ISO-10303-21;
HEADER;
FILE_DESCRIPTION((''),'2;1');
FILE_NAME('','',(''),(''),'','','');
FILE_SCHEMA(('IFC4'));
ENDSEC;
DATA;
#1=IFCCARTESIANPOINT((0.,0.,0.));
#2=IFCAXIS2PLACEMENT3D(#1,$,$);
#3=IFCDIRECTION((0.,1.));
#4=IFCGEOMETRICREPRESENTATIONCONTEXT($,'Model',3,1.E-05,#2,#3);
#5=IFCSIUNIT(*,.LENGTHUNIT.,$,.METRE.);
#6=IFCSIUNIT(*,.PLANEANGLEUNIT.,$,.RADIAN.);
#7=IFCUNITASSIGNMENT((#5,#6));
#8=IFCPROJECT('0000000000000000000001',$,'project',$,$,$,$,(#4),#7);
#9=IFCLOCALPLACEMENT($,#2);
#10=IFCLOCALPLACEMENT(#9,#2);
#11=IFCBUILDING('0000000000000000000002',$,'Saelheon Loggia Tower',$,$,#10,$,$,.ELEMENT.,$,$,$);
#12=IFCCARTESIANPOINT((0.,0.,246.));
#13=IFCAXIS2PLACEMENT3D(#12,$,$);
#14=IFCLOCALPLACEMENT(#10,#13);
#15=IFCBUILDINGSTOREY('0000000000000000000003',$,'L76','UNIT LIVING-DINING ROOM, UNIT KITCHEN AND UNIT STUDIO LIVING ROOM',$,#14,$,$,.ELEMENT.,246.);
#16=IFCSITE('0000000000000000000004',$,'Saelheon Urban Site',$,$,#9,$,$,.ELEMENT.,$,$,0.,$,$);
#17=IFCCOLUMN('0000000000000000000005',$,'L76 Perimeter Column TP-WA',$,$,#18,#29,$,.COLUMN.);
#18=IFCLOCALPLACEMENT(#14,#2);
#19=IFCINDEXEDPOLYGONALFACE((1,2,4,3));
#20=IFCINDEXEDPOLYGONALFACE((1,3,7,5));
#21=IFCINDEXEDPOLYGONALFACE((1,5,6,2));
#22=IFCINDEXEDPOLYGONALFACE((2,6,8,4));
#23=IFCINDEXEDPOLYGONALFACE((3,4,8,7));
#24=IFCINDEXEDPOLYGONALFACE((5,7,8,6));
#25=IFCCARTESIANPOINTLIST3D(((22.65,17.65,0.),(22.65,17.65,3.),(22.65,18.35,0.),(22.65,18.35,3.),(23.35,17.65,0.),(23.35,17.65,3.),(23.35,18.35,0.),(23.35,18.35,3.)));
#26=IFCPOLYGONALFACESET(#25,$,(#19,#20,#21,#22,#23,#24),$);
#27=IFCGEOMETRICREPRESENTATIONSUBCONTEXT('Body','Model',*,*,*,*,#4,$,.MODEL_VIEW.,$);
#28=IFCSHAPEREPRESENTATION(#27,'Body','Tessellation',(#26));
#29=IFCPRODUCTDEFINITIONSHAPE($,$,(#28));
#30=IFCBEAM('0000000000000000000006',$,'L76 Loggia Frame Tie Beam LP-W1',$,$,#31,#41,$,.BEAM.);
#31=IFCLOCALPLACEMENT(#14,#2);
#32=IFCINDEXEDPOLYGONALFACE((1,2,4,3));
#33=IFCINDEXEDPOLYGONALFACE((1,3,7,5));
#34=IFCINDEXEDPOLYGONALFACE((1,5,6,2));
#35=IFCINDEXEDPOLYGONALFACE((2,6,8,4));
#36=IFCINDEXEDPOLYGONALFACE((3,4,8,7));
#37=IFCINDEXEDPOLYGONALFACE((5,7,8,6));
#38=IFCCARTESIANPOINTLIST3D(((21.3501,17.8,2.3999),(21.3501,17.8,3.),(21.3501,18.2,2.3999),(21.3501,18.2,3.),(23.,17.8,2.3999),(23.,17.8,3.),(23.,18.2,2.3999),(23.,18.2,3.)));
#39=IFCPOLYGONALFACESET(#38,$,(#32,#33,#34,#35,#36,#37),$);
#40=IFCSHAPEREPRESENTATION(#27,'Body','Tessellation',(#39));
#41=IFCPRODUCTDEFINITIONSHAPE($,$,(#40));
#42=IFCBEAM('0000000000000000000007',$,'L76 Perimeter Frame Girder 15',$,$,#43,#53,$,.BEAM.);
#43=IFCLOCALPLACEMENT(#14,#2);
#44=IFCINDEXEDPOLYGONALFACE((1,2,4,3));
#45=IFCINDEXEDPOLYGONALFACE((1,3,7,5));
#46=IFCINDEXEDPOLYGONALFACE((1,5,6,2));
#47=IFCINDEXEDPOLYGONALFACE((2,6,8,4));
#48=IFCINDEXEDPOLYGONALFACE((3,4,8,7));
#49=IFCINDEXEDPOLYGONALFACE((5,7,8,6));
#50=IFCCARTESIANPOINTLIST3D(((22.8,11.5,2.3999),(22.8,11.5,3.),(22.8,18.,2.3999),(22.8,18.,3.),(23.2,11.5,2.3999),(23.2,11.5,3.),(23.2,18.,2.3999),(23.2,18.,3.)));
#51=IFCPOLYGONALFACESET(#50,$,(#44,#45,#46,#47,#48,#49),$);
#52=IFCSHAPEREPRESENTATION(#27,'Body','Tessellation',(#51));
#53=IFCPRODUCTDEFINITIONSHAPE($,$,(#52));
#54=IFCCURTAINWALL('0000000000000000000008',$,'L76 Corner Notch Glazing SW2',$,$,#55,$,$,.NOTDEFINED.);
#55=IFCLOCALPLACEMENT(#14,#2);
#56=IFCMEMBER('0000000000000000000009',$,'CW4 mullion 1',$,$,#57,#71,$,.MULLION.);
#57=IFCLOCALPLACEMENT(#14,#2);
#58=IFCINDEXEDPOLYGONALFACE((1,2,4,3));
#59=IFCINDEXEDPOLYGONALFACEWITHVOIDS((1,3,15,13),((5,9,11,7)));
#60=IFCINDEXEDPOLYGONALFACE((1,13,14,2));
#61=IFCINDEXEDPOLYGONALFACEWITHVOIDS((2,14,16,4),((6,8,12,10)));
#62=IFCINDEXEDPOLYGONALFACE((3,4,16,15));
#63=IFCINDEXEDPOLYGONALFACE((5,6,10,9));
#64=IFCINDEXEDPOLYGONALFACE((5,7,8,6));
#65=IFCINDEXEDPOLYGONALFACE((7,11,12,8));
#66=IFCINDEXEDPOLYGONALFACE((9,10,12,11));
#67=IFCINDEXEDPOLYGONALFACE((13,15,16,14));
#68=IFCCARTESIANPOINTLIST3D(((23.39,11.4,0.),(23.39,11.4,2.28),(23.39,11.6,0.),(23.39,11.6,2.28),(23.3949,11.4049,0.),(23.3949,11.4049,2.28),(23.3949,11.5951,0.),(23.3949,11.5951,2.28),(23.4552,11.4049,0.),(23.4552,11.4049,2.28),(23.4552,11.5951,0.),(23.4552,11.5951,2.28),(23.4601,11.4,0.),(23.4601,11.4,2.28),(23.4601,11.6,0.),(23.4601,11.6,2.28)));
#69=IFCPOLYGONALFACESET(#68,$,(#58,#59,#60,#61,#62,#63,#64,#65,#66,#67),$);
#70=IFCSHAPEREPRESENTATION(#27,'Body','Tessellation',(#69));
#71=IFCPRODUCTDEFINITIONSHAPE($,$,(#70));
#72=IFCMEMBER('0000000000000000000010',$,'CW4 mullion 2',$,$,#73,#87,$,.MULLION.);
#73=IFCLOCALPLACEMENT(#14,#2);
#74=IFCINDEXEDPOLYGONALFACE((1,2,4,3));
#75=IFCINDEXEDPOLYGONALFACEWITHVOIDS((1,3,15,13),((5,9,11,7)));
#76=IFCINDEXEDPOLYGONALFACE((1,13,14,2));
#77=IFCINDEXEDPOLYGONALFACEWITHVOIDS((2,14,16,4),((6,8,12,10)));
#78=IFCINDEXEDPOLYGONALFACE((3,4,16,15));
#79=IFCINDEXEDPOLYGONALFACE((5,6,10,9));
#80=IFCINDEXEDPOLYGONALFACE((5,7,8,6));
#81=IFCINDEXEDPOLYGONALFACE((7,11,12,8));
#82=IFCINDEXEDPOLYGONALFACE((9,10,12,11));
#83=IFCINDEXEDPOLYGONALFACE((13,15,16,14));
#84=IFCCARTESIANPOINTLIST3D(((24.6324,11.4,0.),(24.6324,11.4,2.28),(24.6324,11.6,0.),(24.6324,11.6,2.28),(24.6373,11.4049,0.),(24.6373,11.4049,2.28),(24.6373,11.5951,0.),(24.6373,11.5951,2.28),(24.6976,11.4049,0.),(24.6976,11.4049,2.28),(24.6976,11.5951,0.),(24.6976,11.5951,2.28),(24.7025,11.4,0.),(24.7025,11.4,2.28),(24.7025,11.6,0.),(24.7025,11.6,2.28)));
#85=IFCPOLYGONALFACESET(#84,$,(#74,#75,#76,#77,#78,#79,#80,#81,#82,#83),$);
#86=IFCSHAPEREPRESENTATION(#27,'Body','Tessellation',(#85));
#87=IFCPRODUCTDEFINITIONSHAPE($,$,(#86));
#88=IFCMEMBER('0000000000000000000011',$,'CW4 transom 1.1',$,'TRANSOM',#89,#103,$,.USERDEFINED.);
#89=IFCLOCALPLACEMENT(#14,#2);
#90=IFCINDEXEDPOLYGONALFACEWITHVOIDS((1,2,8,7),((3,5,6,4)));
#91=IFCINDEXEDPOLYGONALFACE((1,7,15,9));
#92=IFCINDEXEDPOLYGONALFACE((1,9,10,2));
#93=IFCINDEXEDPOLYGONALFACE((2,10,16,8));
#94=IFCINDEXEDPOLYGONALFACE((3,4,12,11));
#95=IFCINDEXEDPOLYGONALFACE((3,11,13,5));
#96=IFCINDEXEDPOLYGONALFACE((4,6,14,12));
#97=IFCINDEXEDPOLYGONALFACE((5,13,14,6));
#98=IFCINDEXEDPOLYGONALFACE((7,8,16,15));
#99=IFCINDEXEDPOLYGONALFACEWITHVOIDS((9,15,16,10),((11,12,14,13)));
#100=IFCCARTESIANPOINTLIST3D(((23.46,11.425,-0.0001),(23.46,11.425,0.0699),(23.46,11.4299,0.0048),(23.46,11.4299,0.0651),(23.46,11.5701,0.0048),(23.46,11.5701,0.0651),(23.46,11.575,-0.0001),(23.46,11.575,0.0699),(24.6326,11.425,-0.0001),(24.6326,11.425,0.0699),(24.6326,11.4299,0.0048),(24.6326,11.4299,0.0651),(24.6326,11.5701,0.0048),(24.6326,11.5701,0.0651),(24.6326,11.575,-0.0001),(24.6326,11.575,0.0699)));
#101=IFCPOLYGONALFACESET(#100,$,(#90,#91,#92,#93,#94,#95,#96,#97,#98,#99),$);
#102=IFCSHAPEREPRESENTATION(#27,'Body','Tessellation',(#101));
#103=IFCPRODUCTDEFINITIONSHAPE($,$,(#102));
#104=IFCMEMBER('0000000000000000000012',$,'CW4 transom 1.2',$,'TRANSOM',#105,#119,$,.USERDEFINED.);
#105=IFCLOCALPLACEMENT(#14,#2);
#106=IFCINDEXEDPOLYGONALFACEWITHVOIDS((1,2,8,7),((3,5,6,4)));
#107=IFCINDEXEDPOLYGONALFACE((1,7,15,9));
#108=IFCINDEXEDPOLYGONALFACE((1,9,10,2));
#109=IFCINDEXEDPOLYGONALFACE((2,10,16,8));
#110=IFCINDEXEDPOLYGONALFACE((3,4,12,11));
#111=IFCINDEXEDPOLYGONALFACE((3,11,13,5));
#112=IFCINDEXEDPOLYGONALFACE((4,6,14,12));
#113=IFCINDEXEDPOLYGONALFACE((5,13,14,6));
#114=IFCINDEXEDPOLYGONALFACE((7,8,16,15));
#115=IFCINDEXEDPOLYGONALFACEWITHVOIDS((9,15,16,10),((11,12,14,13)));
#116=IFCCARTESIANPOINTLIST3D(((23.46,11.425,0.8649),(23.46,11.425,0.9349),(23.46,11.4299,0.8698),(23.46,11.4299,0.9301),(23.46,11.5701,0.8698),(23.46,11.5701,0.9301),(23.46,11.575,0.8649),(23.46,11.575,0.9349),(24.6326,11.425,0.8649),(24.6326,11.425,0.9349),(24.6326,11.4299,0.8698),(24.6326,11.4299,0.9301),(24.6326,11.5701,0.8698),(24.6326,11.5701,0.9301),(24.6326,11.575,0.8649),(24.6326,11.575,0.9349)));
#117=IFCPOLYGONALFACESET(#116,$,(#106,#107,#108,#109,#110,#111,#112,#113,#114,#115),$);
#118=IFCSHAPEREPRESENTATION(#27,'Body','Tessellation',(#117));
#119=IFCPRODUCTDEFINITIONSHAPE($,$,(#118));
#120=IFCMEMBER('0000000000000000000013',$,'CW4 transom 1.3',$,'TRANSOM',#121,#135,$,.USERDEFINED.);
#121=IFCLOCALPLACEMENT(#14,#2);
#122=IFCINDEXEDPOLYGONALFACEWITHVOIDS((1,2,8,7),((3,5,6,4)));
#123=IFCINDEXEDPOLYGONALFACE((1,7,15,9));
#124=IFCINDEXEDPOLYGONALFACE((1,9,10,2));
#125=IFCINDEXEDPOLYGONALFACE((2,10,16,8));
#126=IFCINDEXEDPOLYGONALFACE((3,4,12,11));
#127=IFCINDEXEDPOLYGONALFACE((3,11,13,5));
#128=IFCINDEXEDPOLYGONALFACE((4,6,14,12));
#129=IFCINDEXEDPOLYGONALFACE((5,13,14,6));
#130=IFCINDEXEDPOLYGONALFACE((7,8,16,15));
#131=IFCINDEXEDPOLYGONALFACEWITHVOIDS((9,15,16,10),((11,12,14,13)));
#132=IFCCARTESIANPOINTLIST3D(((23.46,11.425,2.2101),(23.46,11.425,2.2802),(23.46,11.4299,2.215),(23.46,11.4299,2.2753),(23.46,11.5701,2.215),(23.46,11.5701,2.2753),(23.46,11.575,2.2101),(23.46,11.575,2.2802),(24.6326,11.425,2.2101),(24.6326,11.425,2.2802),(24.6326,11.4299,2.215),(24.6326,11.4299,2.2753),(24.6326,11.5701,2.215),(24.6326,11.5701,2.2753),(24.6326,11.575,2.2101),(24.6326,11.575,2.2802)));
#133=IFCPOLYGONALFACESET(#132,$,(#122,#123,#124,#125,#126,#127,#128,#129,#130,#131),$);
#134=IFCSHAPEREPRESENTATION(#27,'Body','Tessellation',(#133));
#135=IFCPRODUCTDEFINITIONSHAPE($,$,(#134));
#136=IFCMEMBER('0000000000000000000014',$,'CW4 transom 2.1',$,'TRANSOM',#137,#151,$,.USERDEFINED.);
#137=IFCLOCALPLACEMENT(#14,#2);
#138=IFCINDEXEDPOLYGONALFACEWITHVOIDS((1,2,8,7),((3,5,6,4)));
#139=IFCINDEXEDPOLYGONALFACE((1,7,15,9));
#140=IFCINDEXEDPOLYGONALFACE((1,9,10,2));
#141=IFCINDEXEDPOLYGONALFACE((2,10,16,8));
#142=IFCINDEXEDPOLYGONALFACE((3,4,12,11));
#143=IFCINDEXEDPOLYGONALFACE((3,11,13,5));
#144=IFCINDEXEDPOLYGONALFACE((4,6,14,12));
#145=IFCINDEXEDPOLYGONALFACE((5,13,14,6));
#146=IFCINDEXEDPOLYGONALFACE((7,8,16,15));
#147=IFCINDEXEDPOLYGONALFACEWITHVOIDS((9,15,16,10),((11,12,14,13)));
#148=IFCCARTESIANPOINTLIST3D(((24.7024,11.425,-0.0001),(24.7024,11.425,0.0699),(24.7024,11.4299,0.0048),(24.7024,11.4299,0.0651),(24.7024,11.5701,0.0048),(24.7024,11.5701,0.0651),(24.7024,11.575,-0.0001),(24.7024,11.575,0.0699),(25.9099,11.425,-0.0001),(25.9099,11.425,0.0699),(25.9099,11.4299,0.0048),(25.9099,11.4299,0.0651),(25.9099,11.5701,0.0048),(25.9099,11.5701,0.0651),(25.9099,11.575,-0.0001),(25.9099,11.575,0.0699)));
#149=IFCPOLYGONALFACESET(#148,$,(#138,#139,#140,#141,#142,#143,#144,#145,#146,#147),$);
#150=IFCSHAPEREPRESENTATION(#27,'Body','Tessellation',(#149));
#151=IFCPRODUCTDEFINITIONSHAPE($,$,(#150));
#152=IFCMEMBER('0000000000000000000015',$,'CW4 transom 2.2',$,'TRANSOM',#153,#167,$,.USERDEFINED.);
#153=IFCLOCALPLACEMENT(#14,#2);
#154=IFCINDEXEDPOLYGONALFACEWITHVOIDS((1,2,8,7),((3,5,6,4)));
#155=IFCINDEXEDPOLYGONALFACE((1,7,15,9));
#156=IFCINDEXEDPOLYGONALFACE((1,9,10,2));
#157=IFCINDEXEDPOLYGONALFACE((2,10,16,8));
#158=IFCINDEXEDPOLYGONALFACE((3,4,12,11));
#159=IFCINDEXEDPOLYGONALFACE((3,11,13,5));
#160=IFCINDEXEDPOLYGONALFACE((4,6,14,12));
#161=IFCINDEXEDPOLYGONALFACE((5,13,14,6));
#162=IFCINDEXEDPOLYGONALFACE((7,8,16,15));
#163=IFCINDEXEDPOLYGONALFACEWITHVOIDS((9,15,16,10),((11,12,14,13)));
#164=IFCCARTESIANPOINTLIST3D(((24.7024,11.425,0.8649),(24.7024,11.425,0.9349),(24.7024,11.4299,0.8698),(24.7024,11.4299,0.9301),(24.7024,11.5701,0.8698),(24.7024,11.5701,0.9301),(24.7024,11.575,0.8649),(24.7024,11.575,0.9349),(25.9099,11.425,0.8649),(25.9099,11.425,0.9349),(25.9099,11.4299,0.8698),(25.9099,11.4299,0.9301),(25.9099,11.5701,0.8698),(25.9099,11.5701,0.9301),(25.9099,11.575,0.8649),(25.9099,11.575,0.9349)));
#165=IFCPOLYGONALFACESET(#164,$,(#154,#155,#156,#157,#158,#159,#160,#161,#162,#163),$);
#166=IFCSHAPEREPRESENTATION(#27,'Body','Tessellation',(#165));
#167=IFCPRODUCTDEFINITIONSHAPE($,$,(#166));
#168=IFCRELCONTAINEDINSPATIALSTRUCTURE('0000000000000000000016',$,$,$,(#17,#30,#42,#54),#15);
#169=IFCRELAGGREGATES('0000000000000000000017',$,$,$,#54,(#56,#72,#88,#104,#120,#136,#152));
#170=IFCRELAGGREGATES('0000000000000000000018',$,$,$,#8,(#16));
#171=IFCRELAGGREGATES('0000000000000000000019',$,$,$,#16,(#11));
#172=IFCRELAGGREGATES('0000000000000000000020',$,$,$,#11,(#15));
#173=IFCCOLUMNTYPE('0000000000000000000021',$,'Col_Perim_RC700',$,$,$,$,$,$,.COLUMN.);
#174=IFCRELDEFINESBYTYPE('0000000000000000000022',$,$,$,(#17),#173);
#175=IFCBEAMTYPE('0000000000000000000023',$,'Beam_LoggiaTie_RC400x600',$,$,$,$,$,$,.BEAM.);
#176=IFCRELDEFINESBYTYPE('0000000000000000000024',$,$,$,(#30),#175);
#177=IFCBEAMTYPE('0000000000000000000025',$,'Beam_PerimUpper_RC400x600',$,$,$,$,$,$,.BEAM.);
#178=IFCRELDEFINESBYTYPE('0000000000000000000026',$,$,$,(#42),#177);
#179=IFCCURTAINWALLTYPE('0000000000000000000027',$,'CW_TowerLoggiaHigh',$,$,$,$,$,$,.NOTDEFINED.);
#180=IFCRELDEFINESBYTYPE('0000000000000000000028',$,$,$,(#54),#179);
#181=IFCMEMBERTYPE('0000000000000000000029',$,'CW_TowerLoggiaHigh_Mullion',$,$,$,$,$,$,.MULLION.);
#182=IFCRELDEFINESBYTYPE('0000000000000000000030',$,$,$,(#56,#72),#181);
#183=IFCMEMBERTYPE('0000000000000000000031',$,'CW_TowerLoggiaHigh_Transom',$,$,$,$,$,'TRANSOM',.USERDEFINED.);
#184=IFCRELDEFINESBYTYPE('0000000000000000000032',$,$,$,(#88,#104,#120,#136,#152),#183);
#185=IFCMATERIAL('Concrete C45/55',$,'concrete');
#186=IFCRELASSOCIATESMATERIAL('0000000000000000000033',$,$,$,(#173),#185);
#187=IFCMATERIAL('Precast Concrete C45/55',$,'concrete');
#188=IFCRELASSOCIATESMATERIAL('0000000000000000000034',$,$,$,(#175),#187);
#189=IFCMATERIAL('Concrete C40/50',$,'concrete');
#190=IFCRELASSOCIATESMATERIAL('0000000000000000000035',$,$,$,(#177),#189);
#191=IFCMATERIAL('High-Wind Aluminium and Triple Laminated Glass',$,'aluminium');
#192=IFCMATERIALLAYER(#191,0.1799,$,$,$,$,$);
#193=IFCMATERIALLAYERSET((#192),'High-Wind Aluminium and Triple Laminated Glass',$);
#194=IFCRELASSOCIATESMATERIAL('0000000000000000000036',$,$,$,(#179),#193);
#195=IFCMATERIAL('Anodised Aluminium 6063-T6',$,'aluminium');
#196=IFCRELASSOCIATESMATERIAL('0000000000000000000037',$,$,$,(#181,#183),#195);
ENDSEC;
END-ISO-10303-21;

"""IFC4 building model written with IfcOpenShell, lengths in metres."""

from ifc_helpers import new_model, si_unit, direction, frame, origin, origin_2d, place, context, subcontext, project, spatial, rectangle, hollow_rectangle, extrude, source, transform, mapped, material, layer, layer_set, material_profile, profile_set, type_object, element, aggregate, save


model = new_model("IFC4")

# Units and contexts
model_context = context("Model", 3, precision=1e-05, world=origin(), true_north=direction((0.0, 1.0)))
body_context = subcontext(model_context, "Body", "Model", "MODEL_VIEW")
ifc_project = project(units=[si_unit("LENGTHUNIT", "METRE"), si_unit("PLANEANGLEUNIT", "RADIAN")], contexts=[model_context])

# Site, building, storey
site_placement = place(None, origin())
site = spatial("IfcSite", under=ifc_project, at=site_placement, Name="Saelheon Urban Site", CompositionType="ELEMENT", RefElevation=0.0)
building_placement = place(site_placement, origin())
building = spatial("IfcBuilding", under=site, at=building_placement, Name="Saelheon Loggia Tower", CompositionType="ELEMENT")
storey_placement = place(building_placement, frame((0.0, 0.0, 246.0)))
storey = spatial("IfcBuildingStorey", under=building, at=storey_placement, Name="L76", Description="UNIT LIVING-DINING ROOM, UNIT KITCHEN AND UNIT STUDIO LIVING ROOM", CompositionType="ELEMENT", Elevation=246.0)

# Column
ifc_material_1 = material(Name="Concrete C45/55", Category="concrete")
ifc_material_profile_1 = material_profile(ifc_material_1, rectangle(XDim=0.7, YDim=0.7, at=origin_2d()), Name="RC-700x700")
ifc_profile_set_1 = profile_set([ifc_material_profile_1], Name="Concrete C45/55")
column_type = type_object("IfcColumnType", Name="Col_Perim_RC700", PredefinedType="COLUMN", material=ifc_profile_set_1)
shared_shape_1 = source(origin(), body_context, "Body", "SweptSolid", [
    extrude(rectangle(XDim=0.7, YDim=0.7, at=origin_2d()), origin(), (0.0, 0.0, 1.0), 3.0),
])
column_placement = place(storey_placement, frame((23.0, 18.0, 0.0), z_axis=(0.0, 0.0, 1.0), x_axis=(1.0, 0.0, 0.0)))
element("IfcColumn", 1, at=column_placement, inside=storey, type_object=column_type, Name="L76 Perimeter Column TP-WA", PredefinedType="COLUMN", context=body_context, shape_type="MappedRepresentation", body=[
    mapped(shared_shape_1, transform((0.0, 0.0, 0.0), scale=1.0)),
])

# Beams
ifc_material_2 = material(Name="Precast Concrete C45/55", Category="concrete")
ifc_material_profile_2 = material_profile(ifc_material_2, rectangle(XDim=0.3999, YDim=0.6001, at=origin_2d()), Name="RC-400x600")
ifc_profile_set_2 = profile_set([ifc_material_profile_2], Name="Precast Concrete C45/55")
beam_type_1 = type_object("IfcBeamType", Name="Beam_LoggiaTie_RC400x600", PredefinedType="BEAM", material=ifc_profile_set_2)
shared_shape_2 = source(origin(), body_context, "Body", "SweptSolid", [
    extrude(rectangle(XDim=0.3999, YDim=0.6001, at=origin_2d()), origin(), (0.0, 0.0, 1.0), 1.6499),
])
beam_1_placement = place(storey_placement, frame((23.0, 18.0, 2.7), z_axis=(-1.0, 0.0, 0.0), x_axis=(0.0, -1.0, 0.0)))
element("IfcBeam", 2, at=beam_1_placement, inside=storey, type_object=beam_type_1, Name="L76 Loggia Frame Tie Beam LP-W1", PredefinedType="BEAM", context=body_context, shape_type="MappedRepresentation", body=[
    mapped(shared_shape_2, transform((0.0, 0.0, 0.0), scale=1.0)),
])
ifc_material_3 = material(Name="Concrete C40/50", Category="concrete")
ifc_material_profile_3 = material_profile(ifc_material_3, rectangle(XDim=0.3999, YDim=0.6001, at=origin_2d()), Name="RC-400x600")
ifc_profile_set_3 = profile_set([ifc_material_profile_3], Name="Concrete C40/50")
beam_type_2 = type_object("IfcBeamType", Name="Beam_PerimUpper_RC400x600", PredefinedType="BEAM", material=ifc_profile_set_3)
shared_shape_3 = source(origin(), body_context, "Body", "SweptSolid", [
    extrude(rectangle(XDim=0.3999, YDim=0.6001, at=origin_2d()), origin(), (0.0, 0.0, 1.0), 6.5),
])
beam_2_placement = place(storey_placement, frame((23.0, 18.0, 2.7), z_axis=(0.0, -1.0, 0.0), x_axis=(1.0, 0.0, 0.0)))
element("IfcBeam", 3, at=beam_2_placement, inside=storey, type_object=beam_type_2, Name="L76 Perimeter Frame Girder 15", PredefinedType="BEAM", context=body_context, shape_type="MappedRepresentation", body=[
    mapped(shared_shape_3, transform((0.0, 0.0, 0.0), scale=1.0)),
])

# Curtain wall, members
ifc_material_4 = material(Name="High-Wind Aluminium and Triple Laminated Glass", Category="aluminium")
ifc_layer_1 = layer(ifc_material_4, 0.1799)
ifc_layer_set_1 = layer_set([ifc_layer_1], Name="High-Wind Aluminium and Triple Laminated Glass")
curtain_wall_type = type_object("IfcCurtainWallType", Name="CW_TowerLoggiaHigh", PredefinedType="NOTDEFINED", material=ifc_layer_set_1)
curtain_wall_placement = place(storey_placement, origin())
curtain_wall = element("IfcCurtainWall", 4, at=curtain_wall_placement, inside=storey, type_object=curtain_wall_type, Name="L76 Corner Notch Glazing SW2", PredefinedType="NOTDEFINED")
ifc_material_5 = material(Name="Anodised Aluminium 6063-T6", Category="aluminium")
ifc_material_profile_4 = material_profile(ifc_material_5, hollow_rectangle(XDim=0.0701, YDim=0.2, WallThickness=0.0049, at=origin_2d()), Name="RHS-200x70x5")
ifc_profile_set_4 = profile_set([ifc_material_profile_4], Name="Anodised Aluminium 6063-T6")
member_type_1 = type_object("IfcMemberType", Name="CW_TowerLoggiaHigh_Mullion", PredefinedType="MULLION", material=ifc_profile_set_4)
shared_shape_4 = source(origin(), body_context, "Body", "SweptSolid", [
    extrude(hollow_rectangle(XDim=0.0701, YDim=0.2, WallThickness=0.0049, at=origin_2d()), origin(), (0.0, 0.0, 1.0), 2.28),
])
member_1_placement = place(storey_placement, frame((23.425, 11.5, 0.0), z_axis=(0.0, 0.0, 1.0), x_axis=(1.0, 0.0, 0.0)))
member_1 = element("IfcMember", 5, at=member_1_placement, type_object=member_type_1, Name="CW4 mullion 1", PredefinedType="MULLION", context=body_context, shape_type="MappedRepresentation", body=[
    mapped(shared_shape_4, transform((0.0, 0.0, 0.0), scale=1.0)),
])
member_2_placement = place(storey_placement, frame((24.6675, 11.5, 0.0), z_axis=(0.0, 0.0, 1.0), x_axis=(1.0, 0.0, 0.0)))
member_2 = element("IfcMember", 6, at=member_2_placement, type_object=member_type_1, Name="CW4 mullion 2", PredefinedType="MULLION", context=body_context, shape_type="MappedRepresentation", body=[
    mapped(shared_shape_4, transform((0.0, 0.0, 0.0), scale=1.0)),
])
ifc_material_profile_5 = material_profile(ifc_material_5, hollow_rectangle(XDim=0.0701, YDim=0.1499, WallThickness=0.0049, at=origin_2d()), Name="RHS-150x70x5")
ifc_profile_set_5 = profile_set([ifc_material_profile_5], Name="Anodised Aluminium 6063-T6")
member_type_2 = type_object("IfcMemberType", Name="CW_TowerLoggiaHigh_Transom", ElementType="TRANSOM", PredefinedType="USERDEFINED", material=ifc_profile_set_5)
shared_shape_5 = source(origin(), body_context, "Body", "SweptSolid", [
    extrude(hollow_rectangle(XDim=0.0701, YDim=0.1499, WallThickness=0.0049, at=origin_2d()), origin(), (0.0, 0.0, 1.0), 1.1726),
])
member_3_placement = place(storey_placement, frame((23.46, 11.5, 0.0349), z_axis=(1.0, 0.0, 0.0), x_axis=(0.0, 0.0, 1.0)))
member_3 = element("IfcMember", 7, at=member_3_placement, type_object=member_type_2, Name="CW4 transom 1.1", ObjectType="TRANSOM", PredefinedType="USERDEFINED", context=body_context, shape_type="MappedRepresentation", body=[
    mapped(shared_shape_5, transform((0.0, 0.0, 0.0), scale=1.0)),
])
member_4_placement = place(storey_placement, frame((23.46, 11.5, 0.8999), z_axis=(1.0, 0.0, 0.0), x_axis=(0.0, 0.0, 1.0)))
member_4 = element("IfcMember", 8, at=member_4_placement, type_object=member_type_2, Name="CW4 transom 1.2", ObjectType="TRANSOM", PredefinedType="USERDEFINED", context=body_context, shape_type="MappedRepresentation", body=[
    mapped(shared_shape_5, transform((0.0, 0.0, 0.0), scale=1.0)),
])
member_5_placement = place(storey_placement, frame((23.46, 11.5, 2.2451), z_axis=(1.0, 0.0, 0.0), x_axis=(0.0, 0.0, 1.0)))
member_5 = element("IfcMember", 9, at=member_5_placement, type_object=member_type_2, Name="CW4 transom 1.3", ObjectType="TRANSOM", PredefinedType="USERDEFINED", context=body_context, shape_type="MappedRepresentation", body=[
    mapped(shared_shape_5, transform((0.0, 0.0, 0.0), scale=1.0)),
])
shared_shape_6 = source(origin(), body_context, "Body", "SweptSolid", [
    extrude(hollow_rectangle(XDim=0.0701, YDim=0.1499, WallThickness=0.0049, at=origin_2d()), origin(), (0.0, 0.0, 1.0), 1.2075),
])
member_6_placement = place(storey_placement, frame((24.7024, 11.5, 0.0349), z_axis=(1.0, 0.0, 0.0), x_axis=(0.0, 0.0, 1.0)))
member_6 = element("IfcMember", 10, at=member_6_placement, type_object=member_type_2, Name="CW4 transom 2.1", ObjectType="TRANSOM", PredefinedType="USERDEFINED", context=body_context, shape_type="MappedRepresentation", body=[
    mapped(shared_shape_6, transform((0.0, 0.0, 0.0), scale=1.0)),
])
member_7_placement = place(storey_placement, frame((24.7024, 11.5, 0.8999), z_axis=(1.0, 0.0, 0.0), x_axis=(0.0, 0.0, 1.0)))
member_7 = element("IfcMember", 11, at=member_7_placement, type_object=member_type_2, Name="CW4 transom 2.2", ObjectType="TRANSOM", PredefinedType="USERDEFINED", context=body_context, shape_type="MappedRepresentation", body=[
    mapped(shared_shape_6, transform((0.0, 0.0, 0.0), scale=1.0)),
])
aggregate(curtain_wall, [member_1, member_2, member_3, member_4, member_5, member_6, member_7])

save(model, "model.ifc")
